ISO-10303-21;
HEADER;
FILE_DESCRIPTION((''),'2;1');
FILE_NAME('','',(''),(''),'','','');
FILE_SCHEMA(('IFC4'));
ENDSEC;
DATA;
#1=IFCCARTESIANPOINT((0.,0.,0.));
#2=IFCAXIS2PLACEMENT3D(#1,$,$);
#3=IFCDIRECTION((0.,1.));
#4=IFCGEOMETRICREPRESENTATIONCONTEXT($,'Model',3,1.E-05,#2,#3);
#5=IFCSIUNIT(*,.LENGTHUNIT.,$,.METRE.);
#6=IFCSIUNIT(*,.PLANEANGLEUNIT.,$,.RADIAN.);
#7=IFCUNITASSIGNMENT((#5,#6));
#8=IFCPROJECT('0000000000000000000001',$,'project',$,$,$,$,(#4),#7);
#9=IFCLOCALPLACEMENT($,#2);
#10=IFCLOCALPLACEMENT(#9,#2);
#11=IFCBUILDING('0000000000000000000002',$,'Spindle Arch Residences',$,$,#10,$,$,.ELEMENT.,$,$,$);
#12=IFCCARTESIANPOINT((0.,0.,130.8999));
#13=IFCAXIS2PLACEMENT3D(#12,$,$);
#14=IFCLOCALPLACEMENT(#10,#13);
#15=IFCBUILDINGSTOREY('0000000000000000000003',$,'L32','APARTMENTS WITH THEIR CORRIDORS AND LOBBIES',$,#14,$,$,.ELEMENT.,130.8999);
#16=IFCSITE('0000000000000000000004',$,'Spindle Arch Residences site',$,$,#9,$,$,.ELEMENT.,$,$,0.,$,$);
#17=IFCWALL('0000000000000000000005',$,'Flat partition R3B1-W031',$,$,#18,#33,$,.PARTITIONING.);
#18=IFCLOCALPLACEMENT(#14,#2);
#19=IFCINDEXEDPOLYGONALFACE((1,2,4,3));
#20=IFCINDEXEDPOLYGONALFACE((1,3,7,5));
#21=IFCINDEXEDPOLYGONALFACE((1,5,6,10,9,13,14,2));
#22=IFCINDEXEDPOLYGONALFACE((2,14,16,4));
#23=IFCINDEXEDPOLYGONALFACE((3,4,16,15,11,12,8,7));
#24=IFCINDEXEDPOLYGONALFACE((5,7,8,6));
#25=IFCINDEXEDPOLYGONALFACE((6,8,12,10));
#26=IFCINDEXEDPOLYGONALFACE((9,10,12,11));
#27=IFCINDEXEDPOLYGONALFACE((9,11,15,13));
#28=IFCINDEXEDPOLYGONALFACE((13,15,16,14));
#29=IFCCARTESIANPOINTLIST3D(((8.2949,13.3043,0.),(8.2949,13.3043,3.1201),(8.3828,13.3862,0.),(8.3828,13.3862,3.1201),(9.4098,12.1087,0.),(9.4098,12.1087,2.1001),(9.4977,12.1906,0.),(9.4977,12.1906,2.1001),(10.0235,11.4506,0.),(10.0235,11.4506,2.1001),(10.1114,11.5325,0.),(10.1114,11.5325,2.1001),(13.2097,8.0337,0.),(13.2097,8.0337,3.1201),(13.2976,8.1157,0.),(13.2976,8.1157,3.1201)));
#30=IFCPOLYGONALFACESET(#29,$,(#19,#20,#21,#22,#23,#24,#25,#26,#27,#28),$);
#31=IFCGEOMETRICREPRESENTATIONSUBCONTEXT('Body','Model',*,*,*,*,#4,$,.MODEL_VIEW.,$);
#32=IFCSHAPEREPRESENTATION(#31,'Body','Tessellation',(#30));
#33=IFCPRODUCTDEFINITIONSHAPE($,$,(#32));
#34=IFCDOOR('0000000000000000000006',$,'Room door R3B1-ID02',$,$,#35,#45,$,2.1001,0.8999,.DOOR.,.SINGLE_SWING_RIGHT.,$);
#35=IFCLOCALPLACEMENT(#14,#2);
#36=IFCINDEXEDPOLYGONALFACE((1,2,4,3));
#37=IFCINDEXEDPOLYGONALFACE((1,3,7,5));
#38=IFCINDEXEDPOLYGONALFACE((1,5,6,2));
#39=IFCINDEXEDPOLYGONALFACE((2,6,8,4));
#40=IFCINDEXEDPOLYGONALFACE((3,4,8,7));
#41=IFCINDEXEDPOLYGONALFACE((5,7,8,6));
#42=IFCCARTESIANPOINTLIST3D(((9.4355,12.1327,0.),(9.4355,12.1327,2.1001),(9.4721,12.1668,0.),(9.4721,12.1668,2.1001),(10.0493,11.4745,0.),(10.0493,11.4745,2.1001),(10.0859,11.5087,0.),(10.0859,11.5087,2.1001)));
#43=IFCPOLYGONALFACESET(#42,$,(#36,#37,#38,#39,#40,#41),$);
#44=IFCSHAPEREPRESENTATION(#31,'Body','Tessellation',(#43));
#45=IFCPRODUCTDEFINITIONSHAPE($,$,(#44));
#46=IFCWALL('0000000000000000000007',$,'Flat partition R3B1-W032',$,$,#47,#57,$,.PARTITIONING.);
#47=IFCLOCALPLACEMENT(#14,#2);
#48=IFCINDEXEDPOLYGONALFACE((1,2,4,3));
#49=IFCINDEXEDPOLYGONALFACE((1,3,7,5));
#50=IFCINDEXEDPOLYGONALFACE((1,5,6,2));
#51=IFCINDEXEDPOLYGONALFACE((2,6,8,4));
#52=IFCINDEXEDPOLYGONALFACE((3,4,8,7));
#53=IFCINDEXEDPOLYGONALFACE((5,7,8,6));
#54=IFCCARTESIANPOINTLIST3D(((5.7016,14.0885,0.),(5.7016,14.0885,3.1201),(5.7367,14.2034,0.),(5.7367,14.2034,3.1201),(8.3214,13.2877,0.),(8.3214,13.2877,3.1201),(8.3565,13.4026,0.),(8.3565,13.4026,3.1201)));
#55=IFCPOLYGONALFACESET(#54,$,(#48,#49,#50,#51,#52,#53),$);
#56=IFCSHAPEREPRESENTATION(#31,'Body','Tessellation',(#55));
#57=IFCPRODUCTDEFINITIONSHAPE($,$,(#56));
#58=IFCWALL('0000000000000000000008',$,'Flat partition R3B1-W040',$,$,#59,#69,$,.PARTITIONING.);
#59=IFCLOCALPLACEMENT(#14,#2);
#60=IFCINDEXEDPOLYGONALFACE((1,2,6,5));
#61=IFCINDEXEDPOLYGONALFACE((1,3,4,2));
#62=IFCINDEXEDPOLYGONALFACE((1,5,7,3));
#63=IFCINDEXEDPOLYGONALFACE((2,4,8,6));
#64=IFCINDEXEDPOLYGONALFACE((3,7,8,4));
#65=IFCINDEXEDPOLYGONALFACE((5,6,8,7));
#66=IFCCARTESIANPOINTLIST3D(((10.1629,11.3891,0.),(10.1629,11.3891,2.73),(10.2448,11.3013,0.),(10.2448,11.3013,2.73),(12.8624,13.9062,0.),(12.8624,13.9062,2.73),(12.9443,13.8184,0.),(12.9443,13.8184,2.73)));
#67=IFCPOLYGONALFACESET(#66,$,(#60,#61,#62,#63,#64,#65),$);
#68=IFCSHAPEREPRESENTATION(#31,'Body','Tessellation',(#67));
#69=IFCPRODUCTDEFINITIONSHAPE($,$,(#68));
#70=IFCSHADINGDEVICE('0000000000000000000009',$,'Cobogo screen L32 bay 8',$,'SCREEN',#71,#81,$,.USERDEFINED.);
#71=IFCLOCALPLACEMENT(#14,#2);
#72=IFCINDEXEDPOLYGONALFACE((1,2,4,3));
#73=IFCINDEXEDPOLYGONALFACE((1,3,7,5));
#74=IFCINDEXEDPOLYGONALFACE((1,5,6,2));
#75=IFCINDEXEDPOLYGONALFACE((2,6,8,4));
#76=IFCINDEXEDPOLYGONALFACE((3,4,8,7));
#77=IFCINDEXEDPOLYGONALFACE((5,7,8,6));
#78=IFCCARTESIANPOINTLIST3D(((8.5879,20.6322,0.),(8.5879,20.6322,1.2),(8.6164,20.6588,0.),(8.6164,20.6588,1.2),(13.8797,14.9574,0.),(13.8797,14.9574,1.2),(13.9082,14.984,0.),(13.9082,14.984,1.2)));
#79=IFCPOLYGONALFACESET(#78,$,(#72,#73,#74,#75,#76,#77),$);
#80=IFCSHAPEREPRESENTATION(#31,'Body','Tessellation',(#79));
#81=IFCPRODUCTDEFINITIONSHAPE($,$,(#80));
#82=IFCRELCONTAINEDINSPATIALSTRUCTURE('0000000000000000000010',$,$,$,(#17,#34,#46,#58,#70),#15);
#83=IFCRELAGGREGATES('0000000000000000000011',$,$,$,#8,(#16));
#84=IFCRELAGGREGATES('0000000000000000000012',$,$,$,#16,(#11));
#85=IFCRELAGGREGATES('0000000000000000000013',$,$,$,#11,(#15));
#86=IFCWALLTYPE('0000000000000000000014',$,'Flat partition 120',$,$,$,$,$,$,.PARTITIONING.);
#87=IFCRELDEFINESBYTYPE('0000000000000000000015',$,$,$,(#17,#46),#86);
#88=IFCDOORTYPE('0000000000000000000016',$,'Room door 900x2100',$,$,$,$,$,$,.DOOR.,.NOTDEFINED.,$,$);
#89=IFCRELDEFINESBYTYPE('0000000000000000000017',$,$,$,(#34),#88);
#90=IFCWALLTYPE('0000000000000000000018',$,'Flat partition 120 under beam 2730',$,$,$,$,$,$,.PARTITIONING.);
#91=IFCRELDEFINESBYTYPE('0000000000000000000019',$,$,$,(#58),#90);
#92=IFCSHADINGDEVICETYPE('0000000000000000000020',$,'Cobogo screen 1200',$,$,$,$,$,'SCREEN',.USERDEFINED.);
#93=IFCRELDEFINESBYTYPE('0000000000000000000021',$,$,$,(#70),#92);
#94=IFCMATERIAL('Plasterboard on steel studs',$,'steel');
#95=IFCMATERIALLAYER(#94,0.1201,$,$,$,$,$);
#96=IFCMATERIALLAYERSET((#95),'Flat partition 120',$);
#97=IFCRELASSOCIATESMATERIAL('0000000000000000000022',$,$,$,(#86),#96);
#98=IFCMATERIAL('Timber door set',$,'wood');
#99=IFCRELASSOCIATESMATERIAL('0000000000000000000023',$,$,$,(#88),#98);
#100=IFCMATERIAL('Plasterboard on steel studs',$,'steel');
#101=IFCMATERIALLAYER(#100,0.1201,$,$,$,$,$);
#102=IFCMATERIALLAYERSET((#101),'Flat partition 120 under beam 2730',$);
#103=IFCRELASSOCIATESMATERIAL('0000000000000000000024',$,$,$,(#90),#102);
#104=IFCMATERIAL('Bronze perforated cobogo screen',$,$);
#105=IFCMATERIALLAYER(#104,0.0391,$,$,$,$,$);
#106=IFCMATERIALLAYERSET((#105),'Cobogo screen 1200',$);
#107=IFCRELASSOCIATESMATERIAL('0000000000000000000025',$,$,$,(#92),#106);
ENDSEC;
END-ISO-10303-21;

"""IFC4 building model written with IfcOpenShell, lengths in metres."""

from ifc_helpers import new_model, si_unit, direction, frame, frame_2d, origin, origin_2d, place, context, subcontext, project, spatial, rectangle, extrude, material, layer, layer_set, type_object, element, fill, save


model = new_model("IFC4")

# Units and contexts
model_context = context("Model", 3, precision=1e-05, world=origin(), true_north=direction((0.0, 1.0)))
body_context = subcontext(model_context, "Body", "Model", "MODEL_VIEW")
ifc_project = project(units=[si_unit("LENGTHUNIT", "METRE"), si_unit("PLANEANGLEUNIT", "RADIAN")], contexts=[model_context])

# Site, building, storey
site_placement = place(None, origin())
site = spatial("IfcSite", under=ifc_project, at=site_placement, Name="Spindle Arch Residences site", CompositionType="ELEMENT", RefElevation=0.0)
building_placement = place(site_placement, origin())
building = spatial("IfcBuilding", under=site, at=building_placement, Name="Spindle Arch Residences", CompositionType="ELEMENT")
storey_placement = place(building_placement, frame((0.0, 0.0, 130.8999)))
storey = spatial("IfcBuildingStorey", under=building, at=storey_placement, Name="L32", Description="APARTMENTS WITH THEIR CORRIDORS AND LOBBIES", CompositionType="ELEMENT", Elevation=130.8999)

# Shared definitions
ifc_material_1 = material(Name="Plasterboard on steel studs", Category="steel")
ifc_layer_1 = layer(ifc_material_1, 0.1201)
ifc_layer_set_1 = layer_set([ifc_layer_1], Name="Flat partition 120")
wall_type_1 = type_object("IfcWallType", Name="Flat partition 120", PredefinedType="PARTITIONING", material=ifc_layer_set_1)

# Wall, opening, door
wall_1_placement = place(storey_placement, frame((13.2537, 8.0747, 0.0), z_axis=(0.0, 0.0, 1.0), x_axis=(-0.681996, 0.731356, 0.0)))
wall_1 = element("IfcWall", 1, at=wall_1_placement, inside=storey, type_object=wall_type_1, Name="Flat partition R3B1-W031", PredefinedType="PARTITIONING", context=body_context, shape_type="SweptSolid", body=[
    extrude(rectangle(XDim=7.2065, YDim=0.1201, at=frame_2d((3.6033, 0.0))), origin(), (0.0, 0.0, 1.0), 3.1201),
])
opening_1_placement = place(wall_1_placement, frame((4.6719, 0.0, 0.0)))
opening_1 = element("IfcOpeningElement", 2, at=opening_1_placement, cuts=wall_1, PredefinedType="OPENING", context=body_context, shape_type="SweptSolid", body=[
    extrude(rectangle(XDim=0.8999, YDim=2.1001, at=frame_2d((0.45, 1.05))), frame((0.0, 0.0701, 0.0), z_axis=(0.0, -1.0, 0.0), x_axis=(1.0, 0.0, 0.0)), (0.0, 0.0, 1.0), 0.1401),
])
ifc_material_2 = material(Name="Timber door set", Category="wood")
door_type_1 = type_object("IfcDoorType", Name="Room door 900x2100", OperationType="NOTDEFINED", PredefinedType="DOOR", material=ifc_material_2)
door_1_placement = place(opening_1_placement, origin())
door_1 = element("IfcDoor", 3, at=door_1_placement, inside=storey, type_object=door_type_1, Name="Room door R3B1-ID02", OperationType="SINGLE_SWING_RIGHT", OverallHeight=2.1001, OverallWidth=0.8999, PredefinedType="DOOR", context=body_context, shape_type="SweptSolid", body=[
    extrude(rectangle(XDim=0.8999, YDim=2.1001, at=frame_2d((0.45, 1.05))), frame((0.0, 0.0249, 0.0), z_axis=(0.0, -1.0, 0.0), x_axis=(1.0, 0.0, 0.0)), (0.0, 0.0, 1.0), 0.05),
])
fill(opening_1, door_1)

# Walls
wall_2_placement = place(storey_placement, frame((8.3389, 13.3452, 0.0), z_axis=(0.0, 0.0, 1.0), x_axis=(-0.956325, 0.292307, 0.0)))
element("IfcWall", 4, at=wall_2_placement, inside=storey, type_object=wall_type_1, Name="Flat partition R3B1-W032", PredefinedType="PARTITIONING", context=body_context, shape_type="SweptSolid", body=[
    extrude(rectangle(XDim=2.7395, YDim=0.1201, at=frame_2d((1.3696, 0.0))), origin(), (0.0, 0.0, 1.0), 3.1201),
])
ifc_material_3 = material(Name="Plasterboard on steel studs", Category="steel")
ifc_layer_2 = layer(ifc_material_3, 0.1201)
ifc_layer_set_2 = layer_set([ifc_layer_2], Name="Flat partition 120 under beam 2730")
wall_type_2 = type_object("IfcWallType", Name="Flat partition 120 under beam 2730", PredefinedType="PARTITIONING", material=ifc_layer_set_2)
wall_3_placement = place(storey_placement, frame((12.9033, 13.8623, 0.0), z_axis=(0.0, 0.0, 1.0), x_axis=(-0.731381, -0.681969, 0.0)))
element("IfcWall", 5, at=wall_3_placement, inside=storey, type_object=wall_type_2, Name="Flat partition R3B1-W040", PredefinedType="PARTITIONING", context=body_context, shape_type="SweptSolid", body=[
    extrude(rectangle(XDim=3.6909, YDim=0.1201, at=frame_2d((1.8455, 0.0))), origin(), (0.0, 0.0, 1.0), 2.73),
])

# Shading device
ifc_material_4 = material(Name="Bronze perforated cobogo screen")
ifc_layer_3 = layer(ifc_material_4, 0.0391)
ifc_layer_set_3 = layer_set([ifc_layer_3], Name="Cobogo screen 1200")
shading_device_type = type_object("IfcShadingDeviceType", Name="Cobogo screen 1200", ElementType="SCREEN", PredefinedType="USERDEFINED", material=ifc_layer_set_3)
shading_device_placement = place(storey_placement, frame((11.248, 17.8081, 0.0), z_axis=(0.0, 0.0, 1.0), x_axis=(-0.681998, 0.731354, 0.0)))
element("IfcShadingDevice", 6, at=shading_device_placement, inside=storey, type_object=shading_device_type, Name="Cobogo screen L32 bay 8", ObjectType="SCREEN", PredefinedType="USERDEFINED", context=body_context, shape_type="SweptSolid", body=[
    extrude(rectangle(XDim=7.7593, YDim=0.0391, at=origin_2d()), origin(), (0.0, 0.0, 1.0), 1.2),
])

save(model, "model.ifc")
